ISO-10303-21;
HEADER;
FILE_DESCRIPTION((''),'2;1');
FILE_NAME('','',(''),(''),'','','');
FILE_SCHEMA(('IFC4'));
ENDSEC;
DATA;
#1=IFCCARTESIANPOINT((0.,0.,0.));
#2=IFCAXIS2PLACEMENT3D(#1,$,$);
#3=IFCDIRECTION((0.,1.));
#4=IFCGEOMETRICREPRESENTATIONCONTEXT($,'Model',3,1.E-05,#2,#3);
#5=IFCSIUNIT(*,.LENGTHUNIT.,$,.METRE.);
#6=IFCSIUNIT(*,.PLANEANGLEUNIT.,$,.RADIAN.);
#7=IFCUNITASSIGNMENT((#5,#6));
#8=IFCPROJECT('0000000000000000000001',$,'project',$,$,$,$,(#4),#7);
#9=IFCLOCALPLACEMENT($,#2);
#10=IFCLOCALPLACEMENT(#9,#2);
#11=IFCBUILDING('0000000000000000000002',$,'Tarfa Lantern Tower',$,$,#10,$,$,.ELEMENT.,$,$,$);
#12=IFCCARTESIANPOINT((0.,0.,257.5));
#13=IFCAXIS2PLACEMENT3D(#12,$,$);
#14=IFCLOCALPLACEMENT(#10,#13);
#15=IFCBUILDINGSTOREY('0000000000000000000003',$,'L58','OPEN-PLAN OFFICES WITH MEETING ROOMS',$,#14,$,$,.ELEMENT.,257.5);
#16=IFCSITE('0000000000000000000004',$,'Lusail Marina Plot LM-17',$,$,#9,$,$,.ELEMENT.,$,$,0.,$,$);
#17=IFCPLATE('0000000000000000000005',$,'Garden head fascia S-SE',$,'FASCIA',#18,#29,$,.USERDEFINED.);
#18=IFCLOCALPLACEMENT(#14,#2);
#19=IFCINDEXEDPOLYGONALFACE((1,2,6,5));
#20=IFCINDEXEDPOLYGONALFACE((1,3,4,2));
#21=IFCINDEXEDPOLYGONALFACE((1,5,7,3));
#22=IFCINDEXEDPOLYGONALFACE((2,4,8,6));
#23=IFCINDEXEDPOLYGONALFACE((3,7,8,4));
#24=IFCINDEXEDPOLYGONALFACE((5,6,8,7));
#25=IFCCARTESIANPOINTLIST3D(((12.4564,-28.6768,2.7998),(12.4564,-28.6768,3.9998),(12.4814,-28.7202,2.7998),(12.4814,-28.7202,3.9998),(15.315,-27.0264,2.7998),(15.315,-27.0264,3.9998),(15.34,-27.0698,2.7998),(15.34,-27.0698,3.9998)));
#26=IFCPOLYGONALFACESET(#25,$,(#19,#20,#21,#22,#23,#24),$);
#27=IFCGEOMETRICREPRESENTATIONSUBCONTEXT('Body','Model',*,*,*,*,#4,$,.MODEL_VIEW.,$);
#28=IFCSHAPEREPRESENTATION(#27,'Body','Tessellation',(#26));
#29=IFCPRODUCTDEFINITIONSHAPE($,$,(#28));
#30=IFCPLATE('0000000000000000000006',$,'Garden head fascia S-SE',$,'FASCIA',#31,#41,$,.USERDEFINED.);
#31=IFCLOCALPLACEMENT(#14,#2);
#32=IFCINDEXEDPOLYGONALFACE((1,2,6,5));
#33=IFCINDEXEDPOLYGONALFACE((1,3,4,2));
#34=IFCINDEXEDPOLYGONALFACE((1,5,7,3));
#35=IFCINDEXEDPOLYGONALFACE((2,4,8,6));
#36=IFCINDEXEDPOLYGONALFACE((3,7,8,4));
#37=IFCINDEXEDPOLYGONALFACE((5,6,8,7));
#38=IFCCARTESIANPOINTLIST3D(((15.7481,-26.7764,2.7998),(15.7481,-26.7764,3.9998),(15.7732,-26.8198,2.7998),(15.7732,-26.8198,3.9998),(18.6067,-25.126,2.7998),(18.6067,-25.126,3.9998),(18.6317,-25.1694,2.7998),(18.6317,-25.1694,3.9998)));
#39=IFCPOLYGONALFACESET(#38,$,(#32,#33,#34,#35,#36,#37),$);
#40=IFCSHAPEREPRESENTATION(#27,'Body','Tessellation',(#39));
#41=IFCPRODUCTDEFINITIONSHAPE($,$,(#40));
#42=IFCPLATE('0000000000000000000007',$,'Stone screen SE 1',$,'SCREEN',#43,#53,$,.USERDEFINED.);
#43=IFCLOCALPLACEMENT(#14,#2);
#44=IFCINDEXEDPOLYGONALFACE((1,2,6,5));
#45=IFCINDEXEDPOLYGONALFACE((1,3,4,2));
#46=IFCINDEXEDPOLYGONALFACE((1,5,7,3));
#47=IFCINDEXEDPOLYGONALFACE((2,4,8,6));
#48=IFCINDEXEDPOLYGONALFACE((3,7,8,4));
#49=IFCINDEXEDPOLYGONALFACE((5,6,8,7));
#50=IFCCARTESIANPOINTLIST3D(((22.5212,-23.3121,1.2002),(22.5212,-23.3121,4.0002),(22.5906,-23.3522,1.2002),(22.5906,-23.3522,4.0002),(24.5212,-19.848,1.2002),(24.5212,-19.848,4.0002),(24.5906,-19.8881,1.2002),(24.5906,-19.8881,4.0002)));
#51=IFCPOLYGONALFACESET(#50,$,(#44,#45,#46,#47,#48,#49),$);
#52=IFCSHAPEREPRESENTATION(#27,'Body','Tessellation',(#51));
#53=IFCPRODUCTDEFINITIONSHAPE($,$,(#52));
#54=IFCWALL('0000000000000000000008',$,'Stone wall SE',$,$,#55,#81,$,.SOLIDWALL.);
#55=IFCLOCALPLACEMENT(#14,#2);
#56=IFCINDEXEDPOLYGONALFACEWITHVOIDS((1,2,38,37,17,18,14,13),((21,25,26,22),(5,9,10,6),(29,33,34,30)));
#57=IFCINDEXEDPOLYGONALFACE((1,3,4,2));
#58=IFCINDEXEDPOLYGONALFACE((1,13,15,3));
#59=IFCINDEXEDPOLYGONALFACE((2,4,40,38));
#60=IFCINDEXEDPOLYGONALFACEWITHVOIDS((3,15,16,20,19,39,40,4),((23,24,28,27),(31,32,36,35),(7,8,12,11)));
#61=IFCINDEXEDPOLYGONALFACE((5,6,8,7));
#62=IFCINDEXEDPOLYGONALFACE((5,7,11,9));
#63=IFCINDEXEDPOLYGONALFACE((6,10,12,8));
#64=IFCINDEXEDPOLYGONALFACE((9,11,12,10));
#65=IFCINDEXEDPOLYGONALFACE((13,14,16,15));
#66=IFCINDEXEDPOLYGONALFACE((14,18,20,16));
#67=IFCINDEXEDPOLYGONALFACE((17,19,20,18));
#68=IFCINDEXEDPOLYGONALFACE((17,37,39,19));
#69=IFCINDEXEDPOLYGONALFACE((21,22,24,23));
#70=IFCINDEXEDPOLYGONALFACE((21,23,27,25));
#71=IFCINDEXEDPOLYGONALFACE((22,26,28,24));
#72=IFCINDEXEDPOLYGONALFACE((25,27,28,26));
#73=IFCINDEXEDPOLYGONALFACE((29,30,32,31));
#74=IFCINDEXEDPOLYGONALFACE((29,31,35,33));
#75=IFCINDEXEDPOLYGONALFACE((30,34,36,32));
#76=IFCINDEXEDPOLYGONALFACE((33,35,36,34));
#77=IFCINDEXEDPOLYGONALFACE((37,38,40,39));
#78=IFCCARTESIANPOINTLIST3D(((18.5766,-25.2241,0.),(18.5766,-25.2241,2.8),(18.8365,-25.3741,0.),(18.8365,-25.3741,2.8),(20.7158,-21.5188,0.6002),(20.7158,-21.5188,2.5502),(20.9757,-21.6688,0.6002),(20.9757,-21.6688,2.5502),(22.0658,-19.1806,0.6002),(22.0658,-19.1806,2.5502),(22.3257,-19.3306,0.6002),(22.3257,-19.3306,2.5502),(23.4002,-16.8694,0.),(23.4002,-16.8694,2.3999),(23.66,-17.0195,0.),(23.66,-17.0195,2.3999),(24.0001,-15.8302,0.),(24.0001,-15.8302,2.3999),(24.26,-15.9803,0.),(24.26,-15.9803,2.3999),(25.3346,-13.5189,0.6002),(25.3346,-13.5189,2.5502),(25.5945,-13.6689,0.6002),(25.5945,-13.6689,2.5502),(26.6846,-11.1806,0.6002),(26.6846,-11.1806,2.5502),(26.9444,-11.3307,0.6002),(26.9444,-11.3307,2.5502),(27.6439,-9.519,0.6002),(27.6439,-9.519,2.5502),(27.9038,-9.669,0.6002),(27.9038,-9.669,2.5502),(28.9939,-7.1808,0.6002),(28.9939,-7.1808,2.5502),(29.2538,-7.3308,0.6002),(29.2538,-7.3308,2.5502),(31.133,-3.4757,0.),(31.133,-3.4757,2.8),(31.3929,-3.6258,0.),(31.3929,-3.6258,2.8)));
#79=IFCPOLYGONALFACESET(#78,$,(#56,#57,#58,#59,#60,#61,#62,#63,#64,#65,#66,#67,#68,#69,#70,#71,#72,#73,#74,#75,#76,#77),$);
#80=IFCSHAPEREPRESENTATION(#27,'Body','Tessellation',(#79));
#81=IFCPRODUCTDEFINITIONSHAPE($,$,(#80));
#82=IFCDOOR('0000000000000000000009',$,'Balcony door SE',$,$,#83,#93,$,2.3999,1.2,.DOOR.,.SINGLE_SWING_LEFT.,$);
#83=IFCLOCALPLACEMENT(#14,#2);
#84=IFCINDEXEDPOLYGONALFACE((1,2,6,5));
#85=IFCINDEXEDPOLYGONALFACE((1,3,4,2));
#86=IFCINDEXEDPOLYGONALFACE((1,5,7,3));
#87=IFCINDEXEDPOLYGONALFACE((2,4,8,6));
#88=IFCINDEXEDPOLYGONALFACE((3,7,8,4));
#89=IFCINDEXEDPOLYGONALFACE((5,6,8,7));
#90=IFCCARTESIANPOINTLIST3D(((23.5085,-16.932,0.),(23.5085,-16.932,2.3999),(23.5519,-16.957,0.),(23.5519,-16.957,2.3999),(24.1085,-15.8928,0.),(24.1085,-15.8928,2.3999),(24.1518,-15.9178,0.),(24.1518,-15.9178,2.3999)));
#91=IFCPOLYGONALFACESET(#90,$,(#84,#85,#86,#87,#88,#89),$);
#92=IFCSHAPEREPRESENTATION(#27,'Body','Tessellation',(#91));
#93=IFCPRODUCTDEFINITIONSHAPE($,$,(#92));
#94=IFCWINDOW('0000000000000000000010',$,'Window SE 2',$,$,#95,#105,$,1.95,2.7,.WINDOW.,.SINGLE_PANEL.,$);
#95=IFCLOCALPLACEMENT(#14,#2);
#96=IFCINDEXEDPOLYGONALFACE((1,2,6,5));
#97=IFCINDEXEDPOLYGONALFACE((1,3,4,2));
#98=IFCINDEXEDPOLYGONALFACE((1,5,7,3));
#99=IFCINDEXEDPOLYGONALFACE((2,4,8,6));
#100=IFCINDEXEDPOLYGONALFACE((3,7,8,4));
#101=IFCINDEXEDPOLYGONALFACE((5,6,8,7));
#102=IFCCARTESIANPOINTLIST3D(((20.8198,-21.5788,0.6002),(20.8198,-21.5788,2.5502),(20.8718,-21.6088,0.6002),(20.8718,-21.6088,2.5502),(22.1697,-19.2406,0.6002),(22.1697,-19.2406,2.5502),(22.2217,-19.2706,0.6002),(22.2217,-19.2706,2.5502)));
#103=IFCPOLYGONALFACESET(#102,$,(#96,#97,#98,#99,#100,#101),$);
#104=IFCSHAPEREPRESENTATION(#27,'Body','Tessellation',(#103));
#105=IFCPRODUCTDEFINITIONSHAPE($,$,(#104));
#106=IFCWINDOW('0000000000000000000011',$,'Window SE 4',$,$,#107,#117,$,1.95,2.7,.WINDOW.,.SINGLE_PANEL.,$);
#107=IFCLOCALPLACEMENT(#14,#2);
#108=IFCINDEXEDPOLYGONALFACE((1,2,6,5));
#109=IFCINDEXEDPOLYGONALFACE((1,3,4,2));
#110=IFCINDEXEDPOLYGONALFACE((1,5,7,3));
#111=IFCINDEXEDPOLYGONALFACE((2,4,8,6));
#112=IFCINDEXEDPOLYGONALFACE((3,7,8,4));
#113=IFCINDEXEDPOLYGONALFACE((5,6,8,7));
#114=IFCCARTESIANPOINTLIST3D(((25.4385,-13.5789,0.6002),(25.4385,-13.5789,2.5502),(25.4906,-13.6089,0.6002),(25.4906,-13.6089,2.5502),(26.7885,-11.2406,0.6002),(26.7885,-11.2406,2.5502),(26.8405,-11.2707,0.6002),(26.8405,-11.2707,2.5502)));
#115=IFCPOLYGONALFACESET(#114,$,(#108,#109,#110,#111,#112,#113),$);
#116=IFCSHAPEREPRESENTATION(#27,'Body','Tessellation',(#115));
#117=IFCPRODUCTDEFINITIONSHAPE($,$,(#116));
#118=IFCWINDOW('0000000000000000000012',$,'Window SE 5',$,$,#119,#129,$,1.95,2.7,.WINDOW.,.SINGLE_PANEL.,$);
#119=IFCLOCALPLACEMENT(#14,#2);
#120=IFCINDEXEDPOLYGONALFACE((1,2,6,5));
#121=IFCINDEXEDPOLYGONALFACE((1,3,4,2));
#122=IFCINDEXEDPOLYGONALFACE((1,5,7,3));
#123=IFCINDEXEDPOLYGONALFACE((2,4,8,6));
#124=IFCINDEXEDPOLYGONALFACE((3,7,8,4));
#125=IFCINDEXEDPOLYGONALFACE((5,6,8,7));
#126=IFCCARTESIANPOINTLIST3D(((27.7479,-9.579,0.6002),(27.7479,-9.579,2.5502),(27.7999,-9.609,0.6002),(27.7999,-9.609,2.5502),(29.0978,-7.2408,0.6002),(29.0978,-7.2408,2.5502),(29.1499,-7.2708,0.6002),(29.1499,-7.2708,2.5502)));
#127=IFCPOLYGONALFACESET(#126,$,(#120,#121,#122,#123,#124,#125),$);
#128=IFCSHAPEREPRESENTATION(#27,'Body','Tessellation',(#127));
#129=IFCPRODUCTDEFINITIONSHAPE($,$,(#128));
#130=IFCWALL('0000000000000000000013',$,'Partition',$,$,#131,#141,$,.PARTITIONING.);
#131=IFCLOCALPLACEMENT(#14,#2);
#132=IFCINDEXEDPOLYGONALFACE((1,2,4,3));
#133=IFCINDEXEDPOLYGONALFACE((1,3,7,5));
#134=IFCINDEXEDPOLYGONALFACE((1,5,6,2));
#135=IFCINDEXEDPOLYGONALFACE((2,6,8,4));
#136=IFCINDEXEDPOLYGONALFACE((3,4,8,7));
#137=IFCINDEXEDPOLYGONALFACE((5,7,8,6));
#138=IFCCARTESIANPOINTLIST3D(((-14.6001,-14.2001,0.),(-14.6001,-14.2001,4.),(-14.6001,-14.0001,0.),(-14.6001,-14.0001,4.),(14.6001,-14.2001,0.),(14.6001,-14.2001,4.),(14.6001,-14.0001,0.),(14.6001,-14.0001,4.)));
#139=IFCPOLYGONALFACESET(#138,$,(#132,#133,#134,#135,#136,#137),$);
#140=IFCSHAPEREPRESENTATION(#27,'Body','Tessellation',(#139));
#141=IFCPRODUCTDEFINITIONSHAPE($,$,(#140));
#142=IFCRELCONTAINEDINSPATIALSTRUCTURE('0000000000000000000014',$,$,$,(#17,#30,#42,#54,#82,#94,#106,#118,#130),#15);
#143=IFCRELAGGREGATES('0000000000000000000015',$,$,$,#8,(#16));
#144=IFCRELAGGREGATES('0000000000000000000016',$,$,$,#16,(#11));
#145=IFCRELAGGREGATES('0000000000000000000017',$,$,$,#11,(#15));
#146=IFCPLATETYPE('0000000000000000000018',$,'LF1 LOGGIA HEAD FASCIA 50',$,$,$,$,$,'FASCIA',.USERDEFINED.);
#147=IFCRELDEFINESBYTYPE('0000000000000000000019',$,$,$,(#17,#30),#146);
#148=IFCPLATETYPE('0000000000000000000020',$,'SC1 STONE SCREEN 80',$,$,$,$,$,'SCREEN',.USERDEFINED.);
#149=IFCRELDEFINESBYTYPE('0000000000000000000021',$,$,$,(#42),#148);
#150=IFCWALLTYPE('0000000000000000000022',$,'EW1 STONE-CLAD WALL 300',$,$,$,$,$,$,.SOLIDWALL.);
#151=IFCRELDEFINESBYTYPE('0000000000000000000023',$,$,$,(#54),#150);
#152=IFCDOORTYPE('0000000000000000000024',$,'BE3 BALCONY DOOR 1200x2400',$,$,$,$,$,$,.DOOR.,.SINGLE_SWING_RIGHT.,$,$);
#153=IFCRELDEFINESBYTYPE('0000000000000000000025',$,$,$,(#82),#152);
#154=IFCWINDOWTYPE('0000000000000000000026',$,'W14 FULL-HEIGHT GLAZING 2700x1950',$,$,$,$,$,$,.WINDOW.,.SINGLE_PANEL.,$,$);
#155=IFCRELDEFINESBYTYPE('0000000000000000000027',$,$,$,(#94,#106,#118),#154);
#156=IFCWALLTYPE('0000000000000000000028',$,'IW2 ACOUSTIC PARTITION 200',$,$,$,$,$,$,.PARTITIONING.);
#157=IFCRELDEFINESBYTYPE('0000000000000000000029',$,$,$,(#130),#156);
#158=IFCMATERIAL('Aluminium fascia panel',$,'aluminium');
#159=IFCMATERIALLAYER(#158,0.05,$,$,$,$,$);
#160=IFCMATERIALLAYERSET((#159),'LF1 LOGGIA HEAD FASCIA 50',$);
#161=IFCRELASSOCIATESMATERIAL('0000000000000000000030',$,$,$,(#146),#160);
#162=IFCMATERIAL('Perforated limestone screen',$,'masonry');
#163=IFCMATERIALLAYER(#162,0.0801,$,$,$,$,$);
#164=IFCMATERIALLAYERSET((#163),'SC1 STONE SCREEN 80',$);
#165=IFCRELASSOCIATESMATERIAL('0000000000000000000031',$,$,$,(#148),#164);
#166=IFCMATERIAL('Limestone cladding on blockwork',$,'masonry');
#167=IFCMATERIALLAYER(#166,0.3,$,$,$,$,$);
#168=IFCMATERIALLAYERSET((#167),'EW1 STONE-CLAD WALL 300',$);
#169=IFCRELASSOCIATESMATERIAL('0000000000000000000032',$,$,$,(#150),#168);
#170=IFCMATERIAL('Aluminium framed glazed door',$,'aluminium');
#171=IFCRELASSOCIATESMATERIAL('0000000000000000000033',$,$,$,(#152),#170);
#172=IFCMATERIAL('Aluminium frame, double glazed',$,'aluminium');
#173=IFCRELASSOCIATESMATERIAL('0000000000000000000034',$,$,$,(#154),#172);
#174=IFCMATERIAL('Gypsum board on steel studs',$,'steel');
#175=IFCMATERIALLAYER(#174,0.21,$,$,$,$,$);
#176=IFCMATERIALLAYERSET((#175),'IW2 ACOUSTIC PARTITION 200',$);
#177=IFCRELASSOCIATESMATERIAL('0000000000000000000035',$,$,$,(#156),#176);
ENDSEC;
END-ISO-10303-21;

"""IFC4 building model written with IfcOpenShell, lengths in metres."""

from ifc_helpers import new_model, si_unit, direction, frame, frame_2d, origin, origin_2d, place, context, subcontext, project, spatial, rectangle, extrude, material, layer, layer_set, type_object, element, fill, save


model = new_model("IFC4")

# Units and contexts
model_context = context("Model", 3, precision=1e-05, world=origin(), true_north=direction((0.0, 1.0)))
body_context = subcontext(model_context, "Body", "Model", "MODEL_VIEW")
ifc_project = project(units=[si_unit("LENGTHUNIT", "METRE"), si_unit("PLANEANGLEUNIT", "RADIAN")], contexts=[model_context])

# Site, building, storey
site_placement = place(None, origin())
site = spatial("IfcSite", under=ifc_project, at=site_placement, Name="Lusail Marina Plot LM-17", CompositionType="ELEMENT", RefElevation=0.0)
building_placement = place(site_placement, origin())
building = spatial("IfcBuilding", under=site, at=building_placement, Name="Tarfa Lantern Tower", CompositionType="ELEMENT")
storey_placement = place(building_placement, frame((0.0, 0.0, 257.5)))
storey = spatial("IfcBuildingStorey", under=building, at=storey_placement, Name="L58", Description="OPEN-PLAN OFFICES WITH MEETING ROOMS", CompositionType="ELEMENT", Elevation=257.5)

# Plates
ifc_material_1 = material(Name="Aluminium fascia panel", Category="aluminium")
ifc_layer_1 = layer(ifc_material_1, 0.05)
ifc_layer_set_1 = layer_set([ifc_layer_1], Name="LF1 LOGGIA HEAD FASCIA 50")
plate_type_1 = type_object("IfcPlateType", Name="LF1 LOGGIA HEAD FASCIA 50", ElementType="FASCIA", PredefinedType="USERDEFINED", material=ifc_layer_set_1)
for number, where, z_axis, x_axis, name in (
    (1, (13.8982, -27.8733, 2.7998), (0.0, 0.0, 1.0), (0.866025, 0.5, 0.0), "Garden head fascia S-SE"),
    (2, (17.1899, -25.9729, 2.7998), (0.0, 0.0, 1.0), (0.866025, 0.5, 0.0), "Garden head fascia S-SE"),
):
    element("IfcPlate", number, at=place(storey_placement, frame(where, z_axis=z_axis, x_axis=x_axis)), inside=storey, type_object=plate_type_1, Name=name, ObjectType="FASCIA", PredefinedType="USERDEFINED", context=body_context, shape_type="SweptSolid", body=[
        extrude(rectangle(XDim=3.3008, YDim=0.05, at=origin_2d()), origin(), (0.0, 0.0, 1.0), 1.2),
    ])
ifc_material_2 = material(Name="Perforated limestone screen", Category="masonry")
ifc_layer_2 = layer(ifc_material_2, 0.0801)
ifc_layer_set_2 = layer_set([ifc_layer_2], Name="SC1 STONE SCREEN 80")
plate_type_2 = type_object("IfcPlateType", Name="SC1 STONE SCREEN 80", ElementType="SCREEN", PredefinedType="USERDEFINED", material=ifc_layer_set_2)
plate_placement = place(storey_placement, frame((23.5559, -21.6001, 1.2002), z_axis=(0.0, 0.0, 1.0), x_axis=(0.5, 0.866025, 0.0)))
element("IfcPlate", 3, at=plate_placement, inside=storey, type_object=plate_type_2, Name="Stone screen SE 1", ObjectType="SCREEN", PredefinedType="USERDEFINED", context=body_context, shape_type="SweptSolid", body=[
    extrude(rectangle(XDim=4.0, YDim=0.0801, at=origin_2d()), origin(), (0.0, 0.0, 1.0), 2.8),
])

# Wall, openings, door, windows
ifc_material_3 = material(Name="Limestone cladding on blockwork", Category="masonry")
ifc_layer_3 = layer(ifc_material_3, 0.3)
ifc_layer_set_3 = layer_set([ifc_layer_3], Name="EW1 STONE-CLAD WALL 300")
wall_type_1 = type_object("IfcWallType", Name="EW1 STONE-CLAD WALL 300", PredefinedType="SOLIDWALL", material=ifc_layer_set_3)
wall_1_placement = place(storey_placement, frame((18.7065, -25.2991, 0.0), z_axis=(0.0, 0.0, 1.0), x_axis=(0.5, 0.866025, 0.0)))
wall_1 = element("IfcWall", 4, at=wall_1_placement, inside=storey, type_object=wall_type_1, Name="Stone wall SE", PredefinedType="SOLIDWALL", context=body_context, shape_type="SweptSolid", body=[
    extrude(rectangle(XDim=25.1128, YDim=0.3, at=frame_2d((12.5564, 0.0))), origin(), (0.0, 0.0, 1.0), 2.8),
])
opening_1_placement = place(wall_1_placement, frame((4.2783, 0.0, 0.6001)))
opening_1 = element("IfcOpeningElement", 5, at=opening_1_placement, cuts=wall_1, PredefinedType="OPENING", context=body_context, shape_type="SweptSolid", body=[
    extrude(rectangle(XDim=2.7, YDim=1.95, at=frame_2d((1.3501, 0.9751))), frame((0.0, 0.1599, 0.0), z_axis=(0.0, -1.0, 0.0), x_axis=(1.0, 0.0, 0.0)), (0.0, 0.0, 1.0), 0.3201),
])
opening_2_placement = place(wall_1_placement, frame((9.647, 0.0, 0.0)))
opening_2 = element("IfcOpeningElement", 6, at=opening_2_placement, cuts=wall_1, PredefinedType="OPENING", context=body_context, shape_type="SweptSolid", body=[
    extrude(rectangle(XDim=1.2, YDim=2.3999, at=frame_2d((0.6001, 1.2))), frame((0.0, 0.1599, 0.0), z_axis=(0.0, -1.0, 0.0), x_axis=(1.0, 0.0, 0.0)), (0.0, 0.0, 1.0), 0.3201),
])
opening_3_placement = place(wall_1_placement, frame((13.5159, 0.0, 0.6001)))
opening_3 = element("IfcOpeningElement", 7, at=opening_3_placement, cuts=wall_1, PredefinedType="OPENING", context=body_context, shape_type="SweptSolid", body=[
    extrude(rectangle(XDim=2.7, YDim=1.95, at=frame_2d((1.3501, 0.9751))), frame((0.0, 0.1599, 0.0), z_axis=(0.0, -1.0, 0.0), x_axis=(1.0, 0.0, 0.0)), (0.0, 0.0, 1.0), 0.3201),
])
opening_4_placement = place(wall_1_placement, frame((18.1345, 0.0, 0.6001)))
opening_4 = element("IfcOpeningElement", 8, at=opening_4_placement, cuts=wall_1, PredefinedType="OPENING", context=body_context, shape_type="SweptSolid", body=[
    extrude(rectangle(XDim=2.7, YDim=1.95, at=frame_2d((1.3501, 0.9751))), frame((0.0, 0.1599, 0.0), z_axis=(0.0, -1.0, 0.0), x_axis=(1.0, 0.0, 0.0)), (0.0, 0.0, 1.0), 0.3201),
])
ifc_material_4 = material(Name="Aluminium framed glazed door", Category="aluminium")
door_type_1 = type_object("IfcDoorType", Name="BE3 BALCONY DOOR 1200x2400", OperationType="SINGLE_SWING_RIGHT", PredefinedType="DOOR", material=ifc_material_4)
door_1_placement = place(opening_2_placement, origin())
door_1 = element("IfcDoor", 9, at=door_1_placement, inside=storey, type_object=door_type_1, Name="Balcony door SE", OperationType="SINGLE_SWING_LEFT", OverallHeight=2.3999, OverallWidth=1.2, PredefinedType="DOOR", context=body_context, shape_type="SweptSolid", body=[
    extrude(rectangle(XDim=1.2, YDim=2.3999, at=frame_2d((0.6001, 1.2))), frame((0.0, 0.0249, 0.0), z_axis=(0.0, -1.0, 0.0), x_axis=(1.0, 0.0, 0.0)), (0.0, 0.0, 1.0), 0.05),
])
fill(opening_2, door_1)
ifc_material_5 = material(Name="Aluminium frame, double glazed", Category="aluminium")
window_type = type_object("IfcWindowType", Name="W14 FULL-HEIGHT GLAZING 2700x1950", PartitioningType="SINGLE_PANEL", PredefinedType="WINDOW", material=ifc_material_5)
window_1_placement = place(opening_1_placement, origin())
window_1 = element("IfcWindow", 10, at=window_1_placement, inside=storey, type_object=window_type, Name="Window SE 2", OverallHeight=1.95, OverallWidth=2.7, PartitioningType="SINGLE_PANEL", PredefinedType="WINDOW", context=body_context, shape_type="SweptSolid", body=[
    extrude(rectangle(XDim=2.7, YDim=1.95, at=frame_2d((1.3501, 0.9751))), frame((0.0, 0.03, 0.0), z_axis=(0.0, -1.0, 0.0), x_axis=(1.0, 0.0, 0.0)), (0.0, 0.0, 1.0), 0.0601),
])
fill(opening_1, window_1)
window_2_placement = place(opening_3_placement, origin())
window_2 = element("IfcWindow", 11, at=window_2_placement, inside=storey, type_object=window_type, Name="Window SE 4", OverallHeight=1.95, OverallWidth=2.7, PartitioningType="SINGLE_PANEL", PredefinedType="WINDOW", context=body_context, shape_type="SweptSolid", body=[
    extrude(rectangle(XDim=2.7, YDim=1.95, at=frame_2d((1.3501, 0.9751))), frame((0.0, 0.03, 0.0), z_axis=(0.0, -1.0, 0.0), x_axis=(1.0, 0.0, 0.0)), (0.0, 0.0, 1.0), 0.0601),
])
fill(opening_3, window_2)
window_3_placement = place(opening_4_placement, origin())
window_3 = element("IfcWindow", 12, at=window_3_placement, inside=storey, type_object=window_type, Name="Window SE 5", OverallHeight=1.95, OverallWidth=2.7, PartitioningType="SINGLE_PANEL", PredefinedType="WINDOW", context=body_context, shape_type="SweptSolid", body=[
    extrude(rectangle(XDim=2.7, YDim=1.95, at=frame_2d((1.3501, 0.9751))), frame((0.0, 0.03, 0.0), z_axis=(0.0, -1.0, 0.0), x_axis=(1.0, 0.0, 0.0)), (0.0, 0.0, 1.0), 0.0601),
])
fill(opening_4, window_3)

# Wall
ifc_material_6 = material(Name="Gypsum board on steel studs", Category="steel")
ifc_layer_4 = layer(ifc_material_6, 0.21)
ifc_layer_set_4 = layer_set([ifc_layer_4], Name="IW2 ACOUSTIC PARTITION 200")
wall_type_2 = type_object("IfcWallType", Name="IW2 ACOUSTIC PARTITION 200", PredefinedType="PARTITIONING", material=ifc_layer_set_4)
wall_2_placement = place(storey_placement, frame((14.6001, -14.1001, 0.0), z_axis=(0.0, 0.0, 1.0), x_axis=(-1.0, 0.0, 0.0)))
element("IfcWall", 13, at=wall_2_placement, inside=storey, type_object=wall_type_2, Name="Partition", PredefinedType="PARTITIONING", context=body_context, shape_type="SweptSolid", body=[
    extrude(rectangle(XDim=29.2002, YDim=0.2, at=frame_2d((14.6001, 0.0))), origin(), (0.0, 0.0, 1.0), 4.0),
])

save(model, "model.ifc")
